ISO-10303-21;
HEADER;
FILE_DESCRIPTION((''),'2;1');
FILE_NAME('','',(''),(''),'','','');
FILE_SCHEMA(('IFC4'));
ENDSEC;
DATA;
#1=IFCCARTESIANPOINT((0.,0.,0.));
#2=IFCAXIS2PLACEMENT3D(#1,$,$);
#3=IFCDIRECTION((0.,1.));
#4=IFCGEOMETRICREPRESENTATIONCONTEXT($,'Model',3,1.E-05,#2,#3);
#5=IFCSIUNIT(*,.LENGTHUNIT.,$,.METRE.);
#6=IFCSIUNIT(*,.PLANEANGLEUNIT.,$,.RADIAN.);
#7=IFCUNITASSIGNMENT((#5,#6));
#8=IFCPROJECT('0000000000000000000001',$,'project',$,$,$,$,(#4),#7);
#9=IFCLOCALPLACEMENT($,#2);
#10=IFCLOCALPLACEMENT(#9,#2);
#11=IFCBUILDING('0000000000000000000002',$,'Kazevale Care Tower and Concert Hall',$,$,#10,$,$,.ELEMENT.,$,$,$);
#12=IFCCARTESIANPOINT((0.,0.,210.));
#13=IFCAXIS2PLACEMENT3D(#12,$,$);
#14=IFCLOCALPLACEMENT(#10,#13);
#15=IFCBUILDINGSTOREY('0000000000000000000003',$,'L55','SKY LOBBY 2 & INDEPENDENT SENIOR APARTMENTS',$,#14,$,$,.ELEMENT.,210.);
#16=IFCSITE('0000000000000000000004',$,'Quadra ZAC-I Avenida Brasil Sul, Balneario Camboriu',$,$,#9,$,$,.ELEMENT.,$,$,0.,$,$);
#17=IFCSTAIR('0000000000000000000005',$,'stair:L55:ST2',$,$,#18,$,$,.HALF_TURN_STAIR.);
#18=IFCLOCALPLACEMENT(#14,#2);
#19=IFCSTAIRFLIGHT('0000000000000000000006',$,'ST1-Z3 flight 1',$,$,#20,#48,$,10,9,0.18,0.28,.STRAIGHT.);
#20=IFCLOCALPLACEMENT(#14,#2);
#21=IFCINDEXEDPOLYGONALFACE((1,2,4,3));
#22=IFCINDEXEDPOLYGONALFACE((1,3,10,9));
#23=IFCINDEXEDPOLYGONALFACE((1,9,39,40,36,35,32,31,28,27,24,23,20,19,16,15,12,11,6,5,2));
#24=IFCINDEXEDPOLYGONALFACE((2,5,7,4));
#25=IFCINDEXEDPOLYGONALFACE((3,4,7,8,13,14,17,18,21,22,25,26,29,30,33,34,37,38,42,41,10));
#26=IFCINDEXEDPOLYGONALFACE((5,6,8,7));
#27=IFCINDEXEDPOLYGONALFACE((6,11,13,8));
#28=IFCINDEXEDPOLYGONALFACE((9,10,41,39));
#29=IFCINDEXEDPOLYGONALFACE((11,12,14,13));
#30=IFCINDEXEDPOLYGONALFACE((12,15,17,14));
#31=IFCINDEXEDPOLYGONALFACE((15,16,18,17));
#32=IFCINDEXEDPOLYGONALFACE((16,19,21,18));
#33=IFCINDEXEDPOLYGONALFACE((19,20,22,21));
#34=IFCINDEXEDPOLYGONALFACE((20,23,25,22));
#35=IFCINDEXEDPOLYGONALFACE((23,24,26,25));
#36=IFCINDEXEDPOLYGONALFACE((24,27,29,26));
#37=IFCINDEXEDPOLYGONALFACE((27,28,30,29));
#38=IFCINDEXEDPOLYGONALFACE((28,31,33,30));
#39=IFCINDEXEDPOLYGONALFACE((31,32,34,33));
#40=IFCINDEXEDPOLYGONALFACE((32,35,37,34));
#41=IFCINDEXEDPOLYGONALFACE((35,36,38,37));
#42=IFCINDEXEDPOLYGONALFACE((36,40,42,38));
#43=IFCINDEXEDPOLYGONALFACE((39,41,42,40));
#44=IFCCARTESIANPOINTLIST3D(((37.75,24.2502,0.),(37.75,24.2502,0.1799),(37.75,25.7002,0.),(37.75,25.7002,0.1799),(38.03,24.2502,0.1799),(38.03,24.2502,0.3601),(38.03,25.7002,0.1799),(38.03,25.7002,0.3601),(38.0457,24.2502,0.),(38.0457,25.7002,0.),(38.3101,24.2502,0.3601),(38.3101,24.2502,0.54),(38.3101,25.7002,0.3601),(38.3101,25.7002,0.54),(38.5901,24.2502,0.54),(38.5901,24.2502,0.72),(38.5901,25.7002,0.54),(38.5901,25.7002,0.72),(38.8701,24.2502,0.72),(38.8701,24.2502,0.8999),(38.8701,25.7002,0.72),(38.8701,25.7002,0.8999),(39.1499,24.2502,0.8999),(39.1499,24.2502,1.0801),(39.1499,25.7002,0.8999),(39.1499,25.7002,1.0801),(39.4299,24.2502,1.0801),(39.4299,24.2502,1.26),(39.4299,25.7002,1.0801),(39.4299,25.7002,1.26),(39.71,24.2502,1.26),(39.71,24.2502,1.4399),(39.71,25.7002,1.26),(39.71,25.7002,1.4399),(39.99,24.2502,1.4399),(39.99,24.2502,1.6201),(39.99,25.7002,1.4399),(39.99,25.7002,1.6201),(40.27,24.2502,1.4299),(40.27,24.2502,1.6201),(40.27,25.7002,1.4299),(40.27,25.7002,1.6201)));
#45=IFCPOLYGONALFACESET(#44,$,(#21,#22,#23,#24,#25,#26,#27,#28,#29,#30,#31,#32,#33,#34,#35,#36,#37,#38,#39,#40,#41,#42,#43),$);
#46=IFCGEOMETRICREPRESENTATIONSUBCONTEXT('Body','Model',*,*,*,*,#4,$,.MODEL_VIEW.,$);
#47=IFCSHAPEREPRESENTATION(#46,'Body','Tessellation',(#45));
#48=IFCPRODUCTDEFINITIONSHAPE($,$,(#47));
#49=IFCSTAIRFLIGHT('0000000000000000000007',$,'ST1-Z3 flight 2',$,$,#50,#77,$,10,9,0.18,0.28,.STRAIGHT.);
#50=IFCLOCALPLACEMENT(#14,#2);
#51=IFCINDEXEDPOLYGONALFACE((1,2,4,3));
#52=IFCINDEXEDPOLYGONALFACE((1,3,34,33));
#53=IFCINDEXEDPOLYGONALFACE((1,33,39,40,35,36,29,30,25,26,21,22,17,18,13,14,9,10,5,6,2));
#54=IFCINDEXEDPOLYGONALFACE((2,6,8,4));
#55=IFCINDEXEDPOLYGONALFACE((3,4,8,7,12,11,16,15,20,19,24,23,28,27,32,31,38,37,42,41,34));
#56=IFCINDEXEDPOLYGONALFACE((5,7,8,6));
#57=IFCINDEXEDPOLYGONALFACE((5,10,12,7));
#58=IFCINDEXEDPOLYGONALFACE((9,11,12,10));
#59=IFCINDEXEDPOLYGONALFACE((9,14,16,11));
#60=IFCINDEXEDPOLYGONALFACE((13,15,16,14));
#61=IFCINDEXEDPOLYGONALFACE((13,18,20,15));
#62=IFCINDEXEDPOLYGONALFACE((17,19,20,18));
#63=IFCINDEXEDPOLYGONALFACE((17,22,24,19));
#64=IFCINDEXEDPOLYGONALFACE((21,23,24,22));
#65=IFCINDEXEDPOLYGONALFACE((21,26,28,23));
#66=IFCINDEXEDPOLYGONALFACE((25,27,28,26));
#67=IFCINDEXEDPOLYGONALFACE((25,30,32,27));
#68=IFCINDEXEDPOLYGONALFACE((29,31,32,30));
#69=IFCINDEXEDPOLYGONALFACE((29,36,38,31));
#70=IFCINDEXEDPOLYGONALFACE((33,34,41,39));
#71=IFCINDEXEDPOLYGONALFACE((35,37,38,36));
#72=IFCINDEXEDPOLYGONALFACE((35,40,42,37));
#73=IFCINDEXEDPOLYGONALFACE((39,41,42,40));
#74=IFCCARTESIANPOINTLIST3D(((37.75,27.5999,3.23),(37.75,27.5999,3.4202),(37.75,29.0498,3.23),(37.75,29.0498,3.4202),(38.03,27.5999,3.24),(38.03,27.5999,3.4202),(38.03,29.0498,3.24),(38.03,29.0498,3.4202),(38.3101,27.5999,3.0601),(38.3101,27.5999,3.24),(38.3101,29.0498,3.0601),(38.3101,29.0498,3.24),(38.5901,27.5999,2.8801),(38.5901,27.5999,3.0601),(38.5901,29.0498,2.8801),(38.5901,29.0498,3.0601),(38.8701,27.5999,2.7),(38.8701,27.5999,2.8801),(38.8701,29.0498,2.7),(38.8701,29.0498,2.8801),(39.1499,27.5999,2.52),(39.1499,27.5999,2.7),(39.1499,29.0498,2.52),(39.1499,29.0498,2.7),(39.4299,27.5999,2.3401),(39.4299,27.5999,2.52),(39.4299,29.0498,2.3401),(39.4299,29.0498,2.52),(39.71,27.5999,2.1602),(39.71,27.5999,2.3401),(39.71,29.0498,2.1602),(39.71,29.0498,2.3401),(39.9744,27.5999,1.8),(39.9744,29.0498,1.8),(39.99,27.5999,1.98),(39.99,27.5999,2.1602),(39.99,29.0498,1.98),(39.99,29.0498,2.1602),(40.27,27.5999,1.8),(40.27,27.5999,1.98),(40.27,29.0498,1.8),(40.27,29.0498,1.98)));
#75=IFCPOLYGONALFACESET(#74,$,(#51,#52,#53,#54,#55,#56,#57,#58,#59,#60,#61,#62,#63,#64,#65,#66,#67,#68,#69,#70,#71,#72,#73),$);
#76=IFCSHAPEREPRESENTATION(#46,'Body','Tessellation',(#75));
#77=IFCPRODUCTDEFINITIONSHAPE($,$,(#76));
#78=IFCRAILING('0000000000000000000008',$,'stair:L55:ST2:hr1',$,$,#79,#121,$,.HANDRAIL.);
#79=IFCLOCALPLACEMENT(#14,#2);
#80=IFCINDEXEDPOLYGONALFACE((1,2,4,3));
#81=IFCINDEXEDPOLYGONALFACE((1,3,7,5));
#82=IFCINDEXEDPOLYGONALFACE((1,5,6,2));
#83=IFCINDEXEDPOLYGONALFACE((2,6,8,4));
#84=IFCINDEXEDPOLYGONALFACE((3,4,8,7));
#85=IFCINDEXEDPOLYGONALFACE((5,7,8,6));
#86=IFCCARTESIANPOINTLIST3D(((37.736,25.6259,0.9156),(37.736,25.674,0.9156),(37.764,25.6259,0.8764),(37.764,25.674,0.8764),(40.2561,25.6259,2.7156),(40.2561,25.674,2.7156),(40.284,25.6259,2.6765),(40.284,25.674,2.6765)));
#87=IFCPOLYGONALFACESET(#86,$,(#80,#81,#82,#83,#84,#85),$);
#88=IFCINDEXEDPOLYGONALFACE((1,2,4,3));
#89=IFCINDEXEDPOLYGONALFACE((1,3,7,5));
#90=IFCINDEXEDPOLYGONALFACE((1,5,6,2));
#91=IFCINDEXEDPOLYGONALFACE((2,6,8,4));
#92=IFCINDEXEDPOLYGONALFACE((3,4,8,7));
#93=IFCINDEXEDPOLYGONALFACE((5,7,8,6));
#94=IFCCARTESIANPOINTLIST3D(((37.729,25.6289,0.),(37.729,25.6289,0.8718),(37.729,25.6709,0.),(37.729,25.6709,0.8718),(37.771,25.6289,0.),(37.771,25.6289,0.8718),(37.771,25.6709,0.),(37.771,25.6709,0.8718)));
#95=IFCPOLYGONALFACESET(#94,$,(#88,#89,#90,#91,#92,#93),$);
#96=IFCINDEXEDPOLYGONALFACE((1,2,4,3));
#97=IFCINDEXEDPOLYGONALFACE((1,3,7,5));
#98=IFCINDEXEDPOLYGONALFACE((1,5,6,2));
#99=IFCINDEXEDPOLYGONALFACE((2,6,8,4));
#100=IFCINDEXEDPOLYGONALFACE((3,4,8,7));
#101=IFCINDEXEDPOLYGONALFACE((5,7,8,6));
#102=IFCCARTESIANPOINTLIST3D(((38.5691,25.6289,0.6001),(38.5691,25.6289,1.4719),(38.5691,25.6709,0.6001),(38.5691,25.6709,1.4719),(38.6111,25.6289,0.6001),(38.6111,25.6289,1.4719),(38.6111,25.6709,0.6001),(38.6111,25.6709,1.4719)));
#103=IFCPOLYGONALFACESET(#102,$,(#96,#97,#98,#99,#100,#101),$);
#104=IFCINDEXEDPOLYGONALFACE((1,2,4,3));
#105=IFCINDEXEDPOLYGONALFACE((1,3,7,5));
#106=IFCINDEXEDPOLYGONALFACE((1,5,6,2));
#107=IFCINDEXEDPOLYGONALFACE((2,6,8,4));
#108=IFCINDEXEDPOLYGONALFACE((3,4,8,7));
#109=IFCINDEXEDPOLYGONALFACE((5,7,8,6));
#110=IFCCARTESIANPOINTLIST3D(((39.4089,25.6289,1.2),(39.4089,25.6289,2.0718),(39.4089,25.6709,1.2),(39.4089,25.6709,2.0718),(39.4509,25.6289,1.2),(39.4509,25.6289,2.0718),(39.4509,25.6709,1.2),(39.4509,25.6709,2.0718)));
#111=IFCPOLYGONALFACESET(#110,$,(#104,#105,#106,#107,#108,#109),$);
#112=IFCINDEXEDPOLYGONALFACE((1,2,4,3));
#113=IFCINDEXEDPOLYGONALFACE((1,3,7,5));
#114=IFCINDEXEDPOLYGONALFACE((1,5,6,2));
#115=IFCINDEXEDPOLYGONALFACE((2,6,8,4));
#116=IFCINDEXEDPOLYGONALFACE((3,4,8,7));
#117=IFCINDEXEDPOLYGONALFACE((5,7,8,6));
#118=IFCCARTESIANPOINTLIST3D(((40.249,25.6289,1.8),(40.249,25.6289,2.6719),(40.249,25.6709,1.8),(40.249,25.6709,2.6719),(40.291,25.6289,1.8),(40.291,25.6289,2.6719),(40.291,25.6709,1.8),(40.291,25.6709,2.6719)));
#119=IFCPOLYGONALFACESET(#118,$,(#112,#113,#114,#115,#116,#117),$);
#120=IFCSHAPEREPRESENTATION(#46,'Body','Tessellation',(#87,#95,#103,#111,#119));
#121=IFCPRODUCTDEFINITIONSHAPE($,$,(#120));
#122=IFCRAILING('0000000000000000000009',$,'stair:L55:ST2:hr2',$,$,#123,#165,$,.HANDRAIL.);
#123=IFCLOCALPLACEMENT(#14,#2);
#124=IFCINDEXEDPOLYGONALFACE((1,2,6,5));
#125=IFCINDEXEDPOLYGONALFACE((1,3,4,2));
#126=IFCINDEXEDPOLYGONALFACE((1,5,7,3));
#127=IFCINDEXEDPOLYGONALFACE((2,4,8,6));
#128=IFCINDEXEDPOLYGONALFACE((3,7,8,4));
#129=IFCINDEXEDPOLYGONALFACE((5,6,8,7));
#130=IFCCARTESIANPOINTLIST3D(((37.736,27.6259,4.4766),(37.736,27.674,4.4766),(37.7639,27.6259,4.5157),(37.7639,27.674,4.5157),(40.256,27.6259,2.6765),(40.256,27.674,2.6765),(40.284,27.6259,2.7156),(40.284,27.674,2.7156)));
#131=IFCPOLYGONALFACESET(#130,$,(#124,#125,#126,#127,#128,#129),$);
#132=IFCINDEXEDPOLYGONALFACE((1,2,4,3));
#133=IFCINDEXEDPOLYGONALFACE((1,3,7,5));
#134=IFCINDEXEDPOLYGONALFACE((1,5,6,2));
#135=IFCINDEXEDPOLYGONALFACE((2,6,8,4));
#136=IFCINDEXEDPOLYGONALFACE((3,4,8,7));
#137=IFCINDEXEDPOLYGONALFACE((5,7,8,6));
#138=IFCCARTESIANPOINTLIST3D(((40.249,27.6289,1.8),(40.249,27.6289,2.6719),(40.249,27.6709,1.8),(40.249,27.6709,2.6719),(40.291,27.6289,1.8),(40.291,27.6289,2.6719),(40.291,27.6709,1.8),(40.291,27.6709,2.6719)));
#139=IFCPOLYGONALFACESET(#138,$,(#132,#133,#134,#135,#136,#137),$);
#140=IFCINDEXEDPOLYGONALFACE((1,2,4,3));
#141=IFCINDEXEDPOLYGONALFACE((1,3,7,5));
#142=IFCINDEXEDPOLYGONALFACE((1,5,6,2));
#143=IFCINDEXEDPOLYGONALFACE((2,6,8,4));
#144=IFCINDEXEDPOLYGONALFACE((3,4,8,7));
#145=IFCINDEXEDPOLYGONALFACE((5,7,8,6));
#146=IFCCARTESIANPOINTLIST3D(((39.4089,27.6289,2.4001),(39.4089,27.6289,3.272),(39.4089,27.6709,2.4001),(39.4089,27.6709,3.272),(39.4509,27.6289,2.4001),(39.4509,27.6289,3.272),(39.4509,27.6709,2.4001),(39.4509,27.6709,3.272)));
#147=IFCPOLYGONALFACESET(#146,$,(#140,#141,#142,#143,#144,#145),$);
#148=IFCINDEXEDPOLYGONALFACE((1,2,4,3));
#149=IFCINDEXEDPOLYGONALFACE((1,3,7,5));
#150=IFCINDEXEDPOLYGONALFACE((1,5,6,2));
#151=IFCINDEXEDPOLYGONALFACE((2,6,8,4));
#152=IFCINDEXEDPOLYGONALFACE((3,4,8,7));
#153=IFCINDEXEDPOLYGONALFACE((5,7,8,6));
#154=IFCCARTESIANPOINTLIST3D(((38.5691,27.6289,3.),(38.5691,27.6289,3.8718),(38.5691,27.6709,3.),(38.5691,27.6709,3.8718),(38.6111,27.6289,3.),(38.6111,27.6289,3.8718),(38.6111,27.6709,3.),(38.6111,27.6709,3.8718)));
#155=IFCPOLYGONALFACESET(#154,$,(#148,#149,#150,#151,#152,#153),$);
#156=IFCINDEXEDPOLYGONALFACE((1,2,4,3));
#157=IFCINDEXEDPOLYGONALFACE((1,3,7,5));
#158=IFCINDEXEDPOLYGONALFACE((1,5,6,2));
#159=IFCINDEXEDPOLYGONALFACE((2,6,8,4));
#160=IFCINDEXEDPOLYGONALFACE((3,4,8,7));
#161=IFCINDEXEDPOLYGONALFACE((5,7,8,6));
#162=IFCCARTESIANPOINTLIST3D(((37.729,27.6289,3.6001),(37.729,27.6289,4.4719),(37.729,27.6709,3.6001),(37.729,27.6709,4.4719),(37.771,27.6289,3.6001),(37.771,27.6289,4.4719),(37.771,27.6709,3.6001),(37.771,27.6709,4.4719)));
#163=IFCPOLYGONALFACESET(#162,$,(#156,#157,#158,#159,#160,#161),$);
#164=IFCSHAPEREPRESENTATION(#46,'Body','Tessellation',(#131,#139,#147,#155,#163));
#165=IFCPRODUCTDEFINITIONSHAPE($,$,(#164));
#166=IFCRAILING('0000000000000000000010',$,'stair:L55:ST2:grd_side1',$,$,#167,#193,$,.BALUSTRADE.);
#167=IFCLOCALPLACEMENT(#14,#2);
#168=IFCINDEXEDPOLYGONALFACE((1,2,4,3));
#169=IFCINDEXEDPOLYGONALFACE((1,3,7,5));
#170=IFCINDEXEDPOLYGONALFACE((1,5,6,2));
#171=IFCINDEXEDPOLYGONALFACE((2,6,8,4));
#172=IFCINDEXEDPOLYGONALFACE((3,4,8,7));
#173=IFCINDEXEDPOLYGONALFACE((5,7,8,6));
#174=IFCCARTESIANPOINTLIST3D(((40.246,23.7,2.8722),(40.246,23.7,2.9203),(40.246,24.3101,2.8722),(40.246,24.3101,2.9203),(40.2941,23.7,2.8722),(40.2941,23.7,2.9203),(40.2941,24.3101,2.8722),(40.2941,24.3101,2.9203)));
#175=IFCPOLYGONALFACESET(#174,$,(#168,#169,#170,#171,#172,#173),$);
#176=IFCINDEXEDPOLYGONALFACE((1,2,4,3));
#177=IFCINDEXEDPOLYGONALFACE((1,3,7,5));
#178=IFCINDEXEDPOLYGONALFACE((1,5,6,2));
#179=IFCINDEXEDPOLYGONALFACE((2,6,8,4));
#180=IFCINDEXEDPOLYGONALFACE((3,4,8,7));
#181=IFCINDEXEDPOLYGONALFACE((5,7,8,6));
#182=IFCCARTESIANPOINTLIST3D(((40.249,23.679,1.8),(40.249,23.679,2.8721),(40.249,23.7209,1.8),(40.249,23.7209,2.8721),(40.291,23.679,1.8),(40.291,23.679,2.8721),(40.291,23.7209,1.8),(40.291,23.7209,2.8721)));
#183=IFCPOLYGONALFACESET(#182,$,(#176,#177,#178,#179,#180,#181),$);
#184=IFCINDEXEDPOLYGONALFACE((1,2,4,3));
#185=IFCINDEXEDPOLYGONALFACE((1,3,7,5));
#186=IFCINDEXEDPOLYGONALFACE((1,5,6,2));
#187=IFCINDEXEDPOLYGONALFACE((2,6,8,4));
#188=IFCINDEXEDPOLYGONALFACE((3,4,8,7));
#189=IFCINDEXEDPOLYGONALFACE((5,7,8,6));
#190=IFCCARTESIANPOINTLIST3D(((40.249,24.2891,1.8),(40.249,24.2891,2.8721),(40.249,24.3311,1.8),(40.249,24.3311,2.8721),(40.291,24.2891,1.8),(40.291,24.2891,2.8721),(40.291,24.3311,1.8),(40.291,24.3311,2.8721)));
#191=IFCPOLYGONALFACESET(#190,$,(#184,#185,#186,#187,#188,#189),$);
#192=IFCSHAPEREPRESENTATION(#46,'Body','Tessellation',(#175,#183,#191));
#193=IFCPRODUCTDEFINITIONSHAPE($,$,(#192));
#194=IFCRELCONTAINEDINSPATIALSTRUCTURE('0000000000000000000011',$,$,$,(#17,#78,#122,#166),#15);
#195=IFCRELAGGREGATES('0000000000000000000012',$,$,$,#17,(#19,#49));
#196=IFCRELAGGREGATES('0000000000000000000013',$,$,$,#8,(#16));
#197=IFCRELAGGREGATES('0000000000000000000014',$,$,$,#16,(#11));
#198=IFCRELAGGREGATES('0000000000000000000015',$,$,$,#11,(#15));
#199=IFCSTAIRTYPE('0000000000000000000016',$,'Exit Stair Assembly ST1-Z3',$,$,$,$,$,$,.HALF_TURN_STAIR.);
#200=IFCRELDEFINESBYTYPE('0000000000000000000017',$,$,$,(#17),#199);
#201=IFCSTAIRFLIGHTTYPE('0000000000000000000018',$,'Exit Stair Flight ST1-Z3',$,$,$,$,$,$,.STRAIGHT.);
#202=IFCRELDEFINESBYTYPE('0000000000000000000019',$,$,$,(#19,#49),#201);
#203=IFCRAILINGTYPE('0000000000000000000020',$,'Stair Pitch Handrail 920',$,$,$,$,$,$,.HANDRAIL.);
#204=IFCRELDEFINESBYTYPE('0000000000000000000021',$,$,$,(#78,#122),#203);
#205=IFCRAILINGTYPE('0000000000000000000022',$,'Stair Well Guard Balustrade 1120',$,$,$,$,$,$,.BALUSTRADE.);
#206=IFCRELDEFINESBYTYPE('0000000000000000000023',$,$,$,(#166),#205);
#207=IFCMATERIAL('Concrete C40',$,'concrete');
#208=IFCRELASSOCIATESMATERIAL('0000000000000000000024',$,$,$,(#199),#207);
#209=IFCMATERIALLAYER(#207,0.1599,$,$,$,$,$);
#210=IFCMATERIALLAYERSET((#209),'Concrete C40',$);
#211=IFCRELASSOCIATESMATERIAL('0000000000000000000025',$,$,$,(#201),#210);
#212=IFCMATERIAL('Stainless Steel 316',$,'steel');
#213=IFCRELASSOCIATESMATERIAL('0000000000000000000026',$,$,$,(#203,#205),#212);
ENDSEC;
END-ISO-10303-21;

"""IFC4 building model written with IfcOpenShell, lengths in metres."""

from ifc_helpers import new_model, si_unit, direction, frame, origin, origin_2d, place, context, subcontext, project, spatial, polyline, rectangle, outline, extrude, material, layer, layer_set, type_object, element, aggregate, save


model = new_model("IFC4")

# Units and contexts
model_context = context("Model", 3, precision=1e-05, world=origin(), true_north=direction((0.0, 1.0)))
body_context = subcontext(model_context, "Body", "Model", "MODEL_VIEW")
ifc_project = project(units=[si_unit("LENGTHUNIT", "METRE"), si_unit("PLANEANGLEUNIT", "RADIAN")], contexts=[model_context])

# Site, building, storey
site_placement = place(None, origin())
site = spatial("IfcSite", under=ifc_project, at=site_placement, Name="Quadra ZAC-I Avenida Brasil Sul, Balneario Camboriu", CompositionType="ELEMENT", RefElevation=0.0)
building_placement = place(site_placement, origin())
building = spatial("IfcBuilding", under=site, at=building_placement, Name="Kazevale Care Tower and Concert Hall", CompositionType="ELEMENT")
storey_placement = place(building_placement, frame((0.0, 0.0, 210.0)))
storey = spatial("IfcBuildingStorey", under=building, at=storey_placement, Name="L55", Description="SKY LOBBY 2 & INDEPENDENT SENIOR APARTMENTS", CompositionType="ELEMENT", Elevation=210.0)

# Shared definitions
ifc_material_1 = material(Name="Concrete C40", Category="concrete")

# Stair, stair flights
stair_type = type_object("IfcStairType", Name="Exit Stair Assembly ST1-Z3", PredefinedType="HALF_TURN_STAIR", material=ifc_material_1)
stair_placement = place(storey_placement, origin())
stair = element("IfcStair", 1, at=stair_placement, inside=storey, type_object=stair_type, Name="stair:L55:ST2", PredefinedType="HALF_TURN_STAIR")
ifc_layer_1 = layer(ifc_material_1, 0.1599)
ifc_layer_set_1 = layer_set([ifc_layer_1], Name="Concrete C40")
stair_flight_type = type_object("IfcStairFlightType", Name="Exit Stair Flight ST1-Z3", PredefinedType="STRAIGHT", material=ifc_layer_set_1)
stair_flight_1_placement = place(storey_placement, frame((37.75, 24.9751, 0.0), z_axis=(0.0, 0.0, 1.0), x_axis=(1.0, 0.0, 0.0)))
stair_flight_1 = element("IfcStairFlight", 2, at=stair_flight_1_placement, type_object=stair_flight_type, Name="ST1-Z3 flight 1", NumberOfRisers=10, NumberOfTreads=9, PredefinedType="STRAIGHT", RiserHeight=0.18, TreadLength=0.28, context=body_context, shape_type="SweptSolid", body=[
    extrude(outline(polyline([(0.0, 0.0), (0.0, 0.1799), (0.28, 0.1799), (0.28, 0.3601), (0.5601, 0.3601), (0.5601, 0.54), (0.8401, 0.54), (0.8401, 0.72), (1.1201, 0.72), (1.1201, 0.8999), (1.3999, 0.8999), (1.3999, 1.0801), (1.6799, 1.0801), (1.6799, 1.26), (1.96, 1.26), (1.96, 1.4399), (2.24, 1.4399), (2.24, 1.6201), (2.52, 1.6201), (2.52, 1.8), (2.52, 1.4299), (0.2957, 0.0), (0.0, 0.0)])), frame((0.0, 0.7251, 0.0), z_axis=(0.0, -1.0, 0.0), x_axis=(1.0, 0.0, 0.0)), (0.0, 0.0, 1.0), 1.45),
])
stair_flight_2_placement = place(storey_placement, frame((40.27, 28.325, 1.8), z_axis=(0.0, 0.0, 1.0), x_axis=(-1.0, 0.0, 0.0)))
stair_flight_2 = element("IfcStairFlight", 3, at=stair_flight_2_placement, type_object=stair_flight_type, Name="ST1-Z3 flight 2", NumberOfRisers=10, NumberOfTreads=9, PredefinedType="STRAIGHT", RiserHeight=0.18, TreadLength=0.28, context=body_context, shape_type="SweptSolid", body=[
    extrude(outline(polyline([(0.0, 0.0), (0.0, 0.1799), (0.28, 0.1799), (0.28, 0.3601), (0.5601, 0.3601), (0.5601, 0.54), (0.8401, 0.54), (0.8401, 0.72), (1.1201, 0.72), (1.1201, 0.8999), (1.3999, 0.8999), (1.3999, 1.0801), (1.6799, 1.0801), (1.6799, 1.26), (1.96, 1.26), (1.96, 1.4399), (2.24, 1.4399), (2.24, 1.6201), (2.52, 1.6201), (2.52, 1.8), (2.52, 1.4299), (0.2957, 0.0), (0.0, 0.0)])), frame((0.0, 0.7251, 0.0), z_axis=(0.0, -1.0, 0.0), x_axis=(1.0, 0.0, 0.0)), (0.0, 0.0, 1.0), 1.45),
])
aggregate(stair, [stair_flight_1, stair_flight_2])

# Railings
ifc_material_2 = material(Name="Stainless Steel 316", Category="steel")
railing_type_1 = type_object("IfcRailingType", Name="Stair Pitch Handrail 920", PredefinedType="HANDRAIL", material=ifc_material_2)
railing_1_placement = place(storey_placement, frame((37.75, 25.6499, 0.0)))
element("IfcRailing", 4, at=railing_1_placement, inside=storey, type_object=railing_type_1, Name="stair:L55:ST2:hr1", PredefinedType="HANDRAIL", context=body_context, shape_type="SweptSolid", body=[
    extrude(rectangle(XDim=0.0481, YDim=0.0481, at=origin_2d()), frame((0.0, 0.0, 0.896), z_axis=(0.813728, 0.0, 0.581246), x_axis=(0.0, 1.0, 0.0)), (0.0, 0.0, 1.0), 3.0969),
    extrude(rectangle(XDim=0.042, YDim=0.042, at=origin_2d()), origin(), (0.0, 0.0, 1.0), 0.8718),
    extrude(rectangle(XDim=0.042, YDim=0.042, at=origin_2d()), frame((0.8401, 0.0, 0.6001)), (0.0, 0.0, 1.0), 0.8718),
    extrude(rectangle(XDim=0.042, YDim=0.042, at=origin_2d()), frame((1.6799, 0.0, 1.2)), (0.0, 0.0, 1.0), 0.8718),
    extrude(rectangle(XDim=0.042, YDim=0.042, at=origin_2d()), frame((2.52, 0.0, 1.8)), (0.0, 0.0, 1.0), 0.8718),
])
railing_2_placement = place(storey_placement, frame((40.27, 27.6499, 1.8)))
element("IfcRailing", 5, at=railing_2_placement, inside=storey, type_object=railing_type_1, Name="stair:L55:ST2:hr2", PredefinedType="HANDRAIL", context=body_context, shape_type="SweptSolid", body=[
    extrude(rectangle(XDim=0.0481, YDim=0.0481, at=origin_2d()), frame((0.0, 0.0, 0.896), z_axis=(-0.813728, 0.0, 0.581246), x_axis=(0.0, -1.0, 0.0)), (0.0, 0.0, 1.0), 3.0969),
    extrude(rectangle(XDim=0.042, YDim=0.042, at=origin_2d()), origin(), (0.0, 0.0, 1.0), 0.8718),
    extrude(rectangle(XDim=0.042, YDim=0.042, at=origin_2d()), frame((-0.8401, 0.0, 0.6001)), (0.0, 0.0, 1.0), 0.8718),
    extrude(rectangle(XDim=0.042, YDim=0.042, at=origin_2d()), frame((-1.6799, 0.0, 1.2)), (0.0, 0.0, 1.0), 0.8718),
    extrude(rectangle(XDim=0.042, YDim=0.042, at=origin_2d()), frame((-2.52, 0.0, 1.8)), (0.0, 0.0, 1.0), 0.8718),
])
railing_type_2 = type_object("IfcRailingType", Name="Stair Well Guard Balustrade 1120", PredefinedType="BALUSTRADE", material=ifc_material_2)
railing_3_placement = place(storey_placement, frame((40.27, 23.7, 1.8)))
element("IfcRailing", 6, at=railing_3_placement, inside=storey, type_object=railing_type_2, Name="stair:L55:ST2:grd_side1", PredefinedType="BALUSTRADE", context=body_context, shape_type="SweptSolid", body=[
    extrude(rectangle(XDim=0.0481, YDim=0.0481, at=origin_2d()), frame((0.0, 0.0, 1.0962), z_axis=(0.0, 1.0, 0.0), x_axis=(-1.0, 0.0, 0.0)), (0.0, 0.0, 1.0), 0.6101),
    extrude(rectangle(XDim=0.042, YDim=0.042, at=origin_2d()), origin(), (0.0, 0.0, 1.0), 1.072),
    extrude(rectangle(XDim=0.042, YDim=0.042, at=origin_2d()), frame((0.0, 0.6101, 0.0)), (0.0, 0.0, 1.0), 1.072),
])

save(model, "model.ifc")
